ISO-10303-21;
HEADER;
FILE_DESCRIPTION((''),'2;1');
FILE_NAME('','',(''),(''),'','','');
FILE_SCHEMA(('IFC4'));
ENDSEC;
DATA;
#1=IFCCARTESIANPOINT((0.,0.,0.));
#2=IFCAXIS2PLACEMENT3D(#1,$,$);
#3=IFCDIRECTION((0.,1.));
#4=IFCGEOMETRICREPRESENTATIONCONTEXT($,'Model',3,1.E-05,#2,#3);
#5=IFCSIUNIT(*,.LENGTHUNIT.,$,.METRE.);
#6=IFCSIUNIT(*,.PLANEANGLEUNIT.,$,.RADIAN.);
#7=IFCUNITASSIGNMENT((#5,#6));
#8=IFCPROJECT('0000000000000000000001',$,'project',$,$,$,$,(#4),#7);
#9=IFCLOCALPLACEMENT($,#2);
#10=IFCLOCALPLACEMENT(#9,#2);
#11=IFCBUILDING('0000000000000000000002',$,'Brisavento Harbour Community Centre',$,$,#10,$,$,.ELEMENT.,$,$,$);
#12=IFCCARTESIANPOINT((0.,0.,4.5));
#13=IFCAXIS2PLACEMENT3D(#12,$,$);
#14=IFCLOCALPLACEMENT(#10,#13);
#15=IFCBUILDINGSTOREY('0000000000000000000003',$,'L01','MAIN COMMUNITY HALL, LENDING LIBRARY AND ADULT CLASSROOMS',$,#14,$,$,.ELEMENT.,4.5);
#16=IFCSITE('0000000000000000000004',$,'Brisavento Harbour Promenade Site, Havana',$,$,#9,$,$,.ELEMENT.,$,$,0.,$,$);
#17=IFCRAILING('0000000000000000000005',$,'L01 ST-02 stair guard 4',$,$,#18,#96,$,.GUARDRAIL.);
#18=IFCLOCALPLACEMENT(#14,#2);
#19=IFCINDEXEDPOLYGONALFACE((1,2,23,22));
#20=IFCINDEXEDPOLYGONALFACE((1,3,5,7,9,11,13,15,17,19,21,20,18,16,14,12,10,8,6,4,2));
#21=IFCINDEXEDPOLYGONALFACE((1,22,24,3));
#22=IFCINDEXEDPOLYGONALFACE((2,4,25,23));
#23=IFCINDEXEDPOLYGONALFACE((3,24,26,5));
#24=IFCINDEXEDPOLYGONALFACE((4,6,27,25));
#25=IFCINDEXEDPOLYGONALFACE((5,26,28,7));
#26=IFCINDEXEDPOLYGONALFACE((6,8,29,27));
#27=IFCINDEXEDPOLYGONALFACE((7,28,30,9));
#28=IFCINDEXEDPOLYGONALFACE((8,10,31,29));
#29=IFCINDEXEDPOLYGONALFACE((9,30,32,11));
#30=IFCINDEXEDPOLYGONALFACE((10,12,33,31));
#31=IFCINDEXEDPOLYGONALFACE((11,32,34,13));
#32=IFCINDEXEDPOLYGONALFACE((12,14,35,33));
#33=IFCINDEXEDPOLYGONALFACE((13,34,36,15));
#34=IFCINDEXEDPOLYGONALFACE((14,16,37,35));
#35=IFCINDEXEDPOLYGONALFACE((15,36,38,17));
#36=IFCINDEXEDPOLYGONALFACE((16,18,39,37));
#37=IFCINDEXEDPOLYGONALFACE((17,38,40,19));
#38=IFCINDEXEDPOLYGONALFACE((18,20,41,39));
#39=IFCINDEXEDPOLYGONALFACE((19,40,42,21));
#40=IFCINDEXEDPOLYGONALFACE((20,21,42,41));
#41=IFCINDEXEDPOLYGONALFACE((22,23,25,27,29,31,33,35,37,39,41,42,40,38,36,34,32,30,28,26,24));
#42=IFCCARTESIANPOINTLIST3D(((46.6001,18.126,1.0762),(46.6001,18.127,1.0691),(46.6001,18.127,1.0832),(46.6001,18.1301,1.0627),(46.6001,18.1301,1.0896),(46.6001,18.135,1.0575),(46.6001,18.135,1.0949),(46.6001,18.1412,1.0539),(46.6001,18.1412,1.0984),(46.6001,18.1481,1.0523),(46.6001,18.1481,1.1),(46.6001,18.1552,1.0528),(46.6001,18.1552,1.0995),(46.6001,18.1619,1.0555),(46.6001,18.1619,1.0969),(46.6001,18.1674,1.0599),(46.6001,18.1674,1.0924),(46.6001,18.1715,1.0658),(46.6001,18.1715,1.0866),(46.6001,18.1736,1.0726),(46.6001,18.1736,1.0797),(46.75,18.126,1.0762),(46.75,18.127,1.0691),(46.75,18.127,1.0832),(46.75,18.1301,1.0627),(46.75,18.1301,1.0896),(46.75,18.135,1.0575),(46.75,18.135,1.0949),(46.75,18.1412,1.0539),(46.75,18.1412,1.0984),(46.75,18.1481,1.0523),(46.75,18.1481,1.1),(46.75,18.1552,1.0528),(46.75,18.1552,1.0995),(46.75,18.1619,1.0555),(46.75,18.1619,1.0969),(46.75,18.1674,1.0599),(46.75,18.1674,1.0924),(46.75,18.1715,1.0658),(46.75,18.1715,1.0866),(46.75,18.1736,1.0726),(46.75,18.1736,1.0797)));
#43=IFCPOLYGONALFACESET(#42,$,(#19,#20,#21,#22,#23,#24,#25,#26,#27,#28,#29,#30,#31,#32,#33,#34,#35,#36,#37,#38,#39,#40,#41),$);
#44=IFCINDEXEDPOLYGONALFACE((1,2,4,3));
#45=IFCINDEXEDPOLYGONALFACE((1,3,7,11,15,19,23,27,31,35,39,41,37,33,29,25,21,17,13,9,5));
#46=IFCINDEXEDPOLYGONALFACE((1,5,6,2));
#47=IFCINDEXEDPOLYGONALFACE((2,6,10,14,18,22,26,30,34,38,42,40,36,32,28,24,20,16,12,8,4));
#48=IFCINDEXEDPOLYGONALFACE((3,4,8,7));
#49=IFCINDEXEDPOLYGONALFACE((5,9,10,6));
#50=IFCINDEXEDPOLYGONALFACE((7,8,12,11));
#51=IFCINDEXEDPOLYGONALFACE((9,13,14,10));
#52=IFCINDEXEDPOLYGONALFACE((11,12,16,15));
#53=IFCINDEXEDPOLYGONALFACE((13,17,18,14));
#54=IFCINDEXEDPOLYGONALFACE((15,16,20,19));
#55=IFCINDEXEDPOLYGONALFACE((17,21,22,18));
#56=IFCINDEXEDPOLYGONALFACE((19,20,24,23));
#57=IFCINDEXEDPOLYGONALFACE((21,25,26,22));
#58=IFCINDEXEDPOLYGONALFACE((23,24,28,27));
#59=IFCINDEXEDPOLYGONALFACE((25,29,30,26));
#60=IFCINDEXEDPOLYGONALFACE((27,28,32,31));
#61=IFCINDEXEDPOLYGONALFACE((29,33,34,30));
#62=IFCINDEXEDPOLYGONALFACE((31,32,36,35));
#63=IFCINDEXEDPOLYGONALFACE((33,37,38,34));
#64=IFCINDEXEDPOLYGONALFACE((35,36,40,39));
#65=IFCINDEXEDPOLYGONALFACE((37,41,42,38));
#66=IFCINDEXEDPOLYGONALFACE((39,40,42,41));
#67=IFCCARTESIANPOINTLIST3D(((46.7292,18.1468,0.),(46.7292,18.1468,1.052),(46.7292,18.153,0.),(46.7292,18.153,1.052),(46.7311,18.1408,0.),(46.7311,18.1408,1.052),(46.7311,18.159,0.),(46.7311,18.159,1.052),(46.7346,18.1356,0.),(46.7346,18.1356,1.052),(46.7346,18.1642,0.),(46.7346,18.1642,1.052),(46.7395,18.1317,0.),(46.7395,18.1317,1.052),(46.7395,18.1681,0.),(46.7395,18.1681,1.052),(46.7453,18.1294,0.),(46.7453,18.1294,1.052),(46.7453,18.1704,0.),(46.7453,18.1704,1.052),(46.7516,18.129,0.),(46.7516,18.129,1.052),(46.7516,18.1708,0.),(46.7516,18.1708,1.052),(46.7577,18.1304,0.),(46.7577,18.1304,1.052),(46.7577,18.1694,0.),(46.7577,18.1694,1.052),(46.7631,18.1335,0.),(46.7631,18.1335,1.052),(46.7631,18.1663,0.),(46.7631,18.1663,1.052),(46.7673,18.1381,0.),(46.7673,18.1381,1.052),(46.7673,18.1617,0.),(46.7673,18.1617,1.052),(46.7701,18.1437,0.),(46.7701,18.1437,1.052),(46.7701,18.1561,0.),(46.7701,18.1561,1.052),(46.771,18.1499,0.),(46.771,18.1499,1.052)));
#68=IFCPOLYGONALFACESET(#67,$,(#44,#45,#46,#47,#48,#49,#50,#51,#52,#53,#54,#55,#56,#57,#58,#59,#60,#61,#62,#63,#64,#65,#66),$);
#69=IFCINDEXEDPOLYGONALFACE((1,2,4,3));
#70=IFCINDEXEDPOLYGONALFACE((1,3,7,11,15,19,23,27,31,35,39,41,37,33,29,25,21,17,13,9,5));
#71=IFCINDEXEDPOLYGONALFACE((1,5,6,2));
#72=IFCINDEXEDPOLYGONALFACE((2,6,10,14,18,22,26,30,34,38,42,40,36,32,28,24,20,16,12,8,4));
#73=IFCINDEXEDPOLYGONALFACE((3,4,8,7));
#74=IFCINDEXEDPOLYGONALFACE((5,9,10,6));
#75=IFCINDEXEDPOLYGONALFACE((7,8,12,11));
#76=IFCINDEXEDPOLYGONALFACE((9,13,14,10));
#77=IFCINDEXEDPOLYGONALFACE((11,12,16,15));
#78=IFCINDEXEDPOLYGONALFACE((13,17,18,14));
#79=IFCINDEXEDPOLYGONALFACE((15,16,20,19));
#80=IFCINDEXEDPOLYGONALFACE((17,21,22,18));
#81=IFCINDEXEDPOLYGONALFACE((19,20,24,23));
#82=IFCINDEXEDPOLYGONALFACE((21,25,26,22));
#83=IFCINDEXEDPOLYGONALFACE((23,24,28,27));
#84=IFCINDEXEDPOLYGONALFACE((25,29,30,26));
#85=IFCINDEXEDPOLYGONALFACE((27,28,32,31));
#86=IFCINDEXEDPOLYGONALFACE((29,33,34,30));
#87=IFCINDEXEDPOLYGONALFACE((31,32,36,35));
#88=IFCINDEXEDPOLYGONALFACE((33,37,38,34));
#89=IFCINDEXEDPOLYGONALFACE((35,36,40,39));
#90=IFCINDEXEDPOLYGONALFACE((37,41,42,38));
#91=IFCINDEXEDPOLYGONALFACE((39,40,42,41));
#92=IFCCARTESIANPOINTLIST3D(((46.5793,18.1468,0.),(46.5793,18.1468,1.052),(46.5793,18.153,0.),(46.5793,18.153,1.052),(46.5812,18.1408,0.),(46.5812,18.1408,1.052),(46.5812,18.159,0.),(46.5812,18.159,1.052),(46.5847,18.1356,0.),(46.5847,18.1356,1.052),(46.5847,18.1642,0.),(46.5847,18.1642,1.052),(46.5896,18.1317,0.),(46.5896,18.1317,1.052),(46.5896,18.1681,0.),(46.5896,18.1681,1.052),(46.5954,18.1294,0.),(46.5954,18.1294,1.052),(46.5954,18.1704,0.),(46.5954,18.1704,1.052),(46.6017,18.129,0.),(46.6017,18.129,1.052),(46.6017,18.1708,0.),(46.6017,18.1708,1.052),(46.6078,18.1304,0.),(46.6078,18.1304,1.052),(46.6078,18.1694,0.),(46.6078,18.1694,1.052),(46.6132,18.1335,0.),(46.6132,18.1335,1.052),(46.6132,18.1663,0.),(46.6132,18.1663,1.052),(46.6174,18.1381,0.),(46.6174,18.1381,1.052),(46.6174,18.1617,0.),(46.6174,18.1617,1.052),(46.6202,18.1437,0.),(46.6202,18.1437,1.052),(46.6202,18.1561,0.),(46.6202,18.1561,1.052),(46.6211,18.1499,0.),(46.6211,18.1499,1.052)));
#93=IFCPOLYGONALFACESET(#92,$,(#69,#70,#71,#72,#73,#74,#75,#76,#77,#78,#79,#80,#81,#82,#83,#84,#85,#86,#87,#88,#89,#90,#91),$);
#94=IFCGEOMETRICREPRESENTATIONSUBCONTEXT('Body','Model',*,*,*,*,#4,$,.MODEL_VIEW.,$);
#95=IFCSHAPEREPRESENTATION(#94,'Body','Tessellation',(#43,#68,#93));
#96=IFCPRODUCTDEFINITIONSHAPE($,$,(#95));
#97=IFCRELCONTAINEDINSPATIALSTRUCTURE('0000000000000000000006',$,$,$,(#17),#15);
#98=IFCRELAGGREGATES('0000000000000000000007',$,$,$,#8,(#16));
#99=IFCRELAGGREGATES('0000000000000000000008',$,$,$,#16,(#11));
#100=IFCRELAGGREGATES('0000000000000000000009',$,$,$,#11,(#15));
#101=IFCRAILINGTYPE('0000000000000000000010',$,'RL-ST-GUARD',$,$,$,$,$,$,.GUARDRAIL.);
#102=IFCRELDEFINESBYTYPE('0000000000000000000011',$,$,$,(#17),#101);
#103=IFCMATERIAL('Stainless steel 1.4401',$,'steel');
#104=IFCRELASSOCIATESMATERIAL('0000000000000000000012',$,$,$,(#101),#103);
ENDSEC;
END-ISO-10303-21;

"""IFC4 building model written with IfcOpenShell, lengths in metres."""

from ifc_helpers import new_model, si_unit, direction, frame, origin, origin_2d, place, context, subcontext, project, spatial, circle, extrude, material, type_object, element, save


model = new_model("IFC4")

# Units and contexts
model_context = context("Model", 3, precision=1e-05, world=origin(), true_north=direction((0.0, 1.0)))
body_context = subcontext(model_context, "Body", "Model", "MODEL_VIEW")
ifc_project = project(units=[si_unit("LENGTHUNIT", "METRE"), si_unit("PLANEANGLEUNIT", "RADIAN")], contexts=[model_context])

# Site, building, storey
site_placement = place(None, origin())
site = spatial("IfcSite", under=ifc_project, at=site_placement, Name="Brisavento Harbour Promenade Site, Havana", CompositionType="ELEMENT", RefElevation=0.0)
building_placement = place(site_placement, origin())
building = spatial("IfcBuilding", under=site, at=building_placement, Name="Brisavento Harbour Community Centre", CompositionType="ELEMENT")
storey_placement = place(building_placement, frame((0.0, 0.0, 4.5)))
storey = spatial("IfcBuildingStorey", under=building, at=storey_placement, Name="L01", Description="MAIN COMMUNITY HALL, LENDING LIBRARY AND ADULT CLASSROOMS", CompositionType="ELEMENT", Elevation=4.5)

# Railing
ifc_material_1 = material(Name="Stainless steel 1.4401", Category="steel")
railing_type_1 = type_object("IfcRailingType", Name="RL-ST-GUARD", PredefinedType="GUARDRAIL", material=ifc_material_1)
railing_1_placement = place(storey_placement, frame((46.75, 18.1499, 0.0)))
element("IfcRailing", 1, at=railing_1_placement, inside=storey, type_object=railing_type_1, Name="L01 ST-02 stair guard 4", PredefinedType="GUARDRAIL", context=body_context, shape_type="SweptSolid", body=[
    extrude(circle(Radius=0.0239, at=origin_2d()), frame((0.0, 0.0, 1.0762), z_axis=(-1.0, 0.0, 0.0), x_axis=(0.0, -1.0, 0.0)), (0.0, 0.0, 1.0), 0.1499),
    extrude(circle(Radius=0.021, at=origin_2d()), origin(), (0.0, 0.0, 1.0), 1.052),
    extrude(circle(Radius=0.021, at=origin_2d()), frame((-0.1499, 0.0, 0.0)), (0.0, 0.0, 1.0), 1.052),
])

save(model, "model.ifc")
